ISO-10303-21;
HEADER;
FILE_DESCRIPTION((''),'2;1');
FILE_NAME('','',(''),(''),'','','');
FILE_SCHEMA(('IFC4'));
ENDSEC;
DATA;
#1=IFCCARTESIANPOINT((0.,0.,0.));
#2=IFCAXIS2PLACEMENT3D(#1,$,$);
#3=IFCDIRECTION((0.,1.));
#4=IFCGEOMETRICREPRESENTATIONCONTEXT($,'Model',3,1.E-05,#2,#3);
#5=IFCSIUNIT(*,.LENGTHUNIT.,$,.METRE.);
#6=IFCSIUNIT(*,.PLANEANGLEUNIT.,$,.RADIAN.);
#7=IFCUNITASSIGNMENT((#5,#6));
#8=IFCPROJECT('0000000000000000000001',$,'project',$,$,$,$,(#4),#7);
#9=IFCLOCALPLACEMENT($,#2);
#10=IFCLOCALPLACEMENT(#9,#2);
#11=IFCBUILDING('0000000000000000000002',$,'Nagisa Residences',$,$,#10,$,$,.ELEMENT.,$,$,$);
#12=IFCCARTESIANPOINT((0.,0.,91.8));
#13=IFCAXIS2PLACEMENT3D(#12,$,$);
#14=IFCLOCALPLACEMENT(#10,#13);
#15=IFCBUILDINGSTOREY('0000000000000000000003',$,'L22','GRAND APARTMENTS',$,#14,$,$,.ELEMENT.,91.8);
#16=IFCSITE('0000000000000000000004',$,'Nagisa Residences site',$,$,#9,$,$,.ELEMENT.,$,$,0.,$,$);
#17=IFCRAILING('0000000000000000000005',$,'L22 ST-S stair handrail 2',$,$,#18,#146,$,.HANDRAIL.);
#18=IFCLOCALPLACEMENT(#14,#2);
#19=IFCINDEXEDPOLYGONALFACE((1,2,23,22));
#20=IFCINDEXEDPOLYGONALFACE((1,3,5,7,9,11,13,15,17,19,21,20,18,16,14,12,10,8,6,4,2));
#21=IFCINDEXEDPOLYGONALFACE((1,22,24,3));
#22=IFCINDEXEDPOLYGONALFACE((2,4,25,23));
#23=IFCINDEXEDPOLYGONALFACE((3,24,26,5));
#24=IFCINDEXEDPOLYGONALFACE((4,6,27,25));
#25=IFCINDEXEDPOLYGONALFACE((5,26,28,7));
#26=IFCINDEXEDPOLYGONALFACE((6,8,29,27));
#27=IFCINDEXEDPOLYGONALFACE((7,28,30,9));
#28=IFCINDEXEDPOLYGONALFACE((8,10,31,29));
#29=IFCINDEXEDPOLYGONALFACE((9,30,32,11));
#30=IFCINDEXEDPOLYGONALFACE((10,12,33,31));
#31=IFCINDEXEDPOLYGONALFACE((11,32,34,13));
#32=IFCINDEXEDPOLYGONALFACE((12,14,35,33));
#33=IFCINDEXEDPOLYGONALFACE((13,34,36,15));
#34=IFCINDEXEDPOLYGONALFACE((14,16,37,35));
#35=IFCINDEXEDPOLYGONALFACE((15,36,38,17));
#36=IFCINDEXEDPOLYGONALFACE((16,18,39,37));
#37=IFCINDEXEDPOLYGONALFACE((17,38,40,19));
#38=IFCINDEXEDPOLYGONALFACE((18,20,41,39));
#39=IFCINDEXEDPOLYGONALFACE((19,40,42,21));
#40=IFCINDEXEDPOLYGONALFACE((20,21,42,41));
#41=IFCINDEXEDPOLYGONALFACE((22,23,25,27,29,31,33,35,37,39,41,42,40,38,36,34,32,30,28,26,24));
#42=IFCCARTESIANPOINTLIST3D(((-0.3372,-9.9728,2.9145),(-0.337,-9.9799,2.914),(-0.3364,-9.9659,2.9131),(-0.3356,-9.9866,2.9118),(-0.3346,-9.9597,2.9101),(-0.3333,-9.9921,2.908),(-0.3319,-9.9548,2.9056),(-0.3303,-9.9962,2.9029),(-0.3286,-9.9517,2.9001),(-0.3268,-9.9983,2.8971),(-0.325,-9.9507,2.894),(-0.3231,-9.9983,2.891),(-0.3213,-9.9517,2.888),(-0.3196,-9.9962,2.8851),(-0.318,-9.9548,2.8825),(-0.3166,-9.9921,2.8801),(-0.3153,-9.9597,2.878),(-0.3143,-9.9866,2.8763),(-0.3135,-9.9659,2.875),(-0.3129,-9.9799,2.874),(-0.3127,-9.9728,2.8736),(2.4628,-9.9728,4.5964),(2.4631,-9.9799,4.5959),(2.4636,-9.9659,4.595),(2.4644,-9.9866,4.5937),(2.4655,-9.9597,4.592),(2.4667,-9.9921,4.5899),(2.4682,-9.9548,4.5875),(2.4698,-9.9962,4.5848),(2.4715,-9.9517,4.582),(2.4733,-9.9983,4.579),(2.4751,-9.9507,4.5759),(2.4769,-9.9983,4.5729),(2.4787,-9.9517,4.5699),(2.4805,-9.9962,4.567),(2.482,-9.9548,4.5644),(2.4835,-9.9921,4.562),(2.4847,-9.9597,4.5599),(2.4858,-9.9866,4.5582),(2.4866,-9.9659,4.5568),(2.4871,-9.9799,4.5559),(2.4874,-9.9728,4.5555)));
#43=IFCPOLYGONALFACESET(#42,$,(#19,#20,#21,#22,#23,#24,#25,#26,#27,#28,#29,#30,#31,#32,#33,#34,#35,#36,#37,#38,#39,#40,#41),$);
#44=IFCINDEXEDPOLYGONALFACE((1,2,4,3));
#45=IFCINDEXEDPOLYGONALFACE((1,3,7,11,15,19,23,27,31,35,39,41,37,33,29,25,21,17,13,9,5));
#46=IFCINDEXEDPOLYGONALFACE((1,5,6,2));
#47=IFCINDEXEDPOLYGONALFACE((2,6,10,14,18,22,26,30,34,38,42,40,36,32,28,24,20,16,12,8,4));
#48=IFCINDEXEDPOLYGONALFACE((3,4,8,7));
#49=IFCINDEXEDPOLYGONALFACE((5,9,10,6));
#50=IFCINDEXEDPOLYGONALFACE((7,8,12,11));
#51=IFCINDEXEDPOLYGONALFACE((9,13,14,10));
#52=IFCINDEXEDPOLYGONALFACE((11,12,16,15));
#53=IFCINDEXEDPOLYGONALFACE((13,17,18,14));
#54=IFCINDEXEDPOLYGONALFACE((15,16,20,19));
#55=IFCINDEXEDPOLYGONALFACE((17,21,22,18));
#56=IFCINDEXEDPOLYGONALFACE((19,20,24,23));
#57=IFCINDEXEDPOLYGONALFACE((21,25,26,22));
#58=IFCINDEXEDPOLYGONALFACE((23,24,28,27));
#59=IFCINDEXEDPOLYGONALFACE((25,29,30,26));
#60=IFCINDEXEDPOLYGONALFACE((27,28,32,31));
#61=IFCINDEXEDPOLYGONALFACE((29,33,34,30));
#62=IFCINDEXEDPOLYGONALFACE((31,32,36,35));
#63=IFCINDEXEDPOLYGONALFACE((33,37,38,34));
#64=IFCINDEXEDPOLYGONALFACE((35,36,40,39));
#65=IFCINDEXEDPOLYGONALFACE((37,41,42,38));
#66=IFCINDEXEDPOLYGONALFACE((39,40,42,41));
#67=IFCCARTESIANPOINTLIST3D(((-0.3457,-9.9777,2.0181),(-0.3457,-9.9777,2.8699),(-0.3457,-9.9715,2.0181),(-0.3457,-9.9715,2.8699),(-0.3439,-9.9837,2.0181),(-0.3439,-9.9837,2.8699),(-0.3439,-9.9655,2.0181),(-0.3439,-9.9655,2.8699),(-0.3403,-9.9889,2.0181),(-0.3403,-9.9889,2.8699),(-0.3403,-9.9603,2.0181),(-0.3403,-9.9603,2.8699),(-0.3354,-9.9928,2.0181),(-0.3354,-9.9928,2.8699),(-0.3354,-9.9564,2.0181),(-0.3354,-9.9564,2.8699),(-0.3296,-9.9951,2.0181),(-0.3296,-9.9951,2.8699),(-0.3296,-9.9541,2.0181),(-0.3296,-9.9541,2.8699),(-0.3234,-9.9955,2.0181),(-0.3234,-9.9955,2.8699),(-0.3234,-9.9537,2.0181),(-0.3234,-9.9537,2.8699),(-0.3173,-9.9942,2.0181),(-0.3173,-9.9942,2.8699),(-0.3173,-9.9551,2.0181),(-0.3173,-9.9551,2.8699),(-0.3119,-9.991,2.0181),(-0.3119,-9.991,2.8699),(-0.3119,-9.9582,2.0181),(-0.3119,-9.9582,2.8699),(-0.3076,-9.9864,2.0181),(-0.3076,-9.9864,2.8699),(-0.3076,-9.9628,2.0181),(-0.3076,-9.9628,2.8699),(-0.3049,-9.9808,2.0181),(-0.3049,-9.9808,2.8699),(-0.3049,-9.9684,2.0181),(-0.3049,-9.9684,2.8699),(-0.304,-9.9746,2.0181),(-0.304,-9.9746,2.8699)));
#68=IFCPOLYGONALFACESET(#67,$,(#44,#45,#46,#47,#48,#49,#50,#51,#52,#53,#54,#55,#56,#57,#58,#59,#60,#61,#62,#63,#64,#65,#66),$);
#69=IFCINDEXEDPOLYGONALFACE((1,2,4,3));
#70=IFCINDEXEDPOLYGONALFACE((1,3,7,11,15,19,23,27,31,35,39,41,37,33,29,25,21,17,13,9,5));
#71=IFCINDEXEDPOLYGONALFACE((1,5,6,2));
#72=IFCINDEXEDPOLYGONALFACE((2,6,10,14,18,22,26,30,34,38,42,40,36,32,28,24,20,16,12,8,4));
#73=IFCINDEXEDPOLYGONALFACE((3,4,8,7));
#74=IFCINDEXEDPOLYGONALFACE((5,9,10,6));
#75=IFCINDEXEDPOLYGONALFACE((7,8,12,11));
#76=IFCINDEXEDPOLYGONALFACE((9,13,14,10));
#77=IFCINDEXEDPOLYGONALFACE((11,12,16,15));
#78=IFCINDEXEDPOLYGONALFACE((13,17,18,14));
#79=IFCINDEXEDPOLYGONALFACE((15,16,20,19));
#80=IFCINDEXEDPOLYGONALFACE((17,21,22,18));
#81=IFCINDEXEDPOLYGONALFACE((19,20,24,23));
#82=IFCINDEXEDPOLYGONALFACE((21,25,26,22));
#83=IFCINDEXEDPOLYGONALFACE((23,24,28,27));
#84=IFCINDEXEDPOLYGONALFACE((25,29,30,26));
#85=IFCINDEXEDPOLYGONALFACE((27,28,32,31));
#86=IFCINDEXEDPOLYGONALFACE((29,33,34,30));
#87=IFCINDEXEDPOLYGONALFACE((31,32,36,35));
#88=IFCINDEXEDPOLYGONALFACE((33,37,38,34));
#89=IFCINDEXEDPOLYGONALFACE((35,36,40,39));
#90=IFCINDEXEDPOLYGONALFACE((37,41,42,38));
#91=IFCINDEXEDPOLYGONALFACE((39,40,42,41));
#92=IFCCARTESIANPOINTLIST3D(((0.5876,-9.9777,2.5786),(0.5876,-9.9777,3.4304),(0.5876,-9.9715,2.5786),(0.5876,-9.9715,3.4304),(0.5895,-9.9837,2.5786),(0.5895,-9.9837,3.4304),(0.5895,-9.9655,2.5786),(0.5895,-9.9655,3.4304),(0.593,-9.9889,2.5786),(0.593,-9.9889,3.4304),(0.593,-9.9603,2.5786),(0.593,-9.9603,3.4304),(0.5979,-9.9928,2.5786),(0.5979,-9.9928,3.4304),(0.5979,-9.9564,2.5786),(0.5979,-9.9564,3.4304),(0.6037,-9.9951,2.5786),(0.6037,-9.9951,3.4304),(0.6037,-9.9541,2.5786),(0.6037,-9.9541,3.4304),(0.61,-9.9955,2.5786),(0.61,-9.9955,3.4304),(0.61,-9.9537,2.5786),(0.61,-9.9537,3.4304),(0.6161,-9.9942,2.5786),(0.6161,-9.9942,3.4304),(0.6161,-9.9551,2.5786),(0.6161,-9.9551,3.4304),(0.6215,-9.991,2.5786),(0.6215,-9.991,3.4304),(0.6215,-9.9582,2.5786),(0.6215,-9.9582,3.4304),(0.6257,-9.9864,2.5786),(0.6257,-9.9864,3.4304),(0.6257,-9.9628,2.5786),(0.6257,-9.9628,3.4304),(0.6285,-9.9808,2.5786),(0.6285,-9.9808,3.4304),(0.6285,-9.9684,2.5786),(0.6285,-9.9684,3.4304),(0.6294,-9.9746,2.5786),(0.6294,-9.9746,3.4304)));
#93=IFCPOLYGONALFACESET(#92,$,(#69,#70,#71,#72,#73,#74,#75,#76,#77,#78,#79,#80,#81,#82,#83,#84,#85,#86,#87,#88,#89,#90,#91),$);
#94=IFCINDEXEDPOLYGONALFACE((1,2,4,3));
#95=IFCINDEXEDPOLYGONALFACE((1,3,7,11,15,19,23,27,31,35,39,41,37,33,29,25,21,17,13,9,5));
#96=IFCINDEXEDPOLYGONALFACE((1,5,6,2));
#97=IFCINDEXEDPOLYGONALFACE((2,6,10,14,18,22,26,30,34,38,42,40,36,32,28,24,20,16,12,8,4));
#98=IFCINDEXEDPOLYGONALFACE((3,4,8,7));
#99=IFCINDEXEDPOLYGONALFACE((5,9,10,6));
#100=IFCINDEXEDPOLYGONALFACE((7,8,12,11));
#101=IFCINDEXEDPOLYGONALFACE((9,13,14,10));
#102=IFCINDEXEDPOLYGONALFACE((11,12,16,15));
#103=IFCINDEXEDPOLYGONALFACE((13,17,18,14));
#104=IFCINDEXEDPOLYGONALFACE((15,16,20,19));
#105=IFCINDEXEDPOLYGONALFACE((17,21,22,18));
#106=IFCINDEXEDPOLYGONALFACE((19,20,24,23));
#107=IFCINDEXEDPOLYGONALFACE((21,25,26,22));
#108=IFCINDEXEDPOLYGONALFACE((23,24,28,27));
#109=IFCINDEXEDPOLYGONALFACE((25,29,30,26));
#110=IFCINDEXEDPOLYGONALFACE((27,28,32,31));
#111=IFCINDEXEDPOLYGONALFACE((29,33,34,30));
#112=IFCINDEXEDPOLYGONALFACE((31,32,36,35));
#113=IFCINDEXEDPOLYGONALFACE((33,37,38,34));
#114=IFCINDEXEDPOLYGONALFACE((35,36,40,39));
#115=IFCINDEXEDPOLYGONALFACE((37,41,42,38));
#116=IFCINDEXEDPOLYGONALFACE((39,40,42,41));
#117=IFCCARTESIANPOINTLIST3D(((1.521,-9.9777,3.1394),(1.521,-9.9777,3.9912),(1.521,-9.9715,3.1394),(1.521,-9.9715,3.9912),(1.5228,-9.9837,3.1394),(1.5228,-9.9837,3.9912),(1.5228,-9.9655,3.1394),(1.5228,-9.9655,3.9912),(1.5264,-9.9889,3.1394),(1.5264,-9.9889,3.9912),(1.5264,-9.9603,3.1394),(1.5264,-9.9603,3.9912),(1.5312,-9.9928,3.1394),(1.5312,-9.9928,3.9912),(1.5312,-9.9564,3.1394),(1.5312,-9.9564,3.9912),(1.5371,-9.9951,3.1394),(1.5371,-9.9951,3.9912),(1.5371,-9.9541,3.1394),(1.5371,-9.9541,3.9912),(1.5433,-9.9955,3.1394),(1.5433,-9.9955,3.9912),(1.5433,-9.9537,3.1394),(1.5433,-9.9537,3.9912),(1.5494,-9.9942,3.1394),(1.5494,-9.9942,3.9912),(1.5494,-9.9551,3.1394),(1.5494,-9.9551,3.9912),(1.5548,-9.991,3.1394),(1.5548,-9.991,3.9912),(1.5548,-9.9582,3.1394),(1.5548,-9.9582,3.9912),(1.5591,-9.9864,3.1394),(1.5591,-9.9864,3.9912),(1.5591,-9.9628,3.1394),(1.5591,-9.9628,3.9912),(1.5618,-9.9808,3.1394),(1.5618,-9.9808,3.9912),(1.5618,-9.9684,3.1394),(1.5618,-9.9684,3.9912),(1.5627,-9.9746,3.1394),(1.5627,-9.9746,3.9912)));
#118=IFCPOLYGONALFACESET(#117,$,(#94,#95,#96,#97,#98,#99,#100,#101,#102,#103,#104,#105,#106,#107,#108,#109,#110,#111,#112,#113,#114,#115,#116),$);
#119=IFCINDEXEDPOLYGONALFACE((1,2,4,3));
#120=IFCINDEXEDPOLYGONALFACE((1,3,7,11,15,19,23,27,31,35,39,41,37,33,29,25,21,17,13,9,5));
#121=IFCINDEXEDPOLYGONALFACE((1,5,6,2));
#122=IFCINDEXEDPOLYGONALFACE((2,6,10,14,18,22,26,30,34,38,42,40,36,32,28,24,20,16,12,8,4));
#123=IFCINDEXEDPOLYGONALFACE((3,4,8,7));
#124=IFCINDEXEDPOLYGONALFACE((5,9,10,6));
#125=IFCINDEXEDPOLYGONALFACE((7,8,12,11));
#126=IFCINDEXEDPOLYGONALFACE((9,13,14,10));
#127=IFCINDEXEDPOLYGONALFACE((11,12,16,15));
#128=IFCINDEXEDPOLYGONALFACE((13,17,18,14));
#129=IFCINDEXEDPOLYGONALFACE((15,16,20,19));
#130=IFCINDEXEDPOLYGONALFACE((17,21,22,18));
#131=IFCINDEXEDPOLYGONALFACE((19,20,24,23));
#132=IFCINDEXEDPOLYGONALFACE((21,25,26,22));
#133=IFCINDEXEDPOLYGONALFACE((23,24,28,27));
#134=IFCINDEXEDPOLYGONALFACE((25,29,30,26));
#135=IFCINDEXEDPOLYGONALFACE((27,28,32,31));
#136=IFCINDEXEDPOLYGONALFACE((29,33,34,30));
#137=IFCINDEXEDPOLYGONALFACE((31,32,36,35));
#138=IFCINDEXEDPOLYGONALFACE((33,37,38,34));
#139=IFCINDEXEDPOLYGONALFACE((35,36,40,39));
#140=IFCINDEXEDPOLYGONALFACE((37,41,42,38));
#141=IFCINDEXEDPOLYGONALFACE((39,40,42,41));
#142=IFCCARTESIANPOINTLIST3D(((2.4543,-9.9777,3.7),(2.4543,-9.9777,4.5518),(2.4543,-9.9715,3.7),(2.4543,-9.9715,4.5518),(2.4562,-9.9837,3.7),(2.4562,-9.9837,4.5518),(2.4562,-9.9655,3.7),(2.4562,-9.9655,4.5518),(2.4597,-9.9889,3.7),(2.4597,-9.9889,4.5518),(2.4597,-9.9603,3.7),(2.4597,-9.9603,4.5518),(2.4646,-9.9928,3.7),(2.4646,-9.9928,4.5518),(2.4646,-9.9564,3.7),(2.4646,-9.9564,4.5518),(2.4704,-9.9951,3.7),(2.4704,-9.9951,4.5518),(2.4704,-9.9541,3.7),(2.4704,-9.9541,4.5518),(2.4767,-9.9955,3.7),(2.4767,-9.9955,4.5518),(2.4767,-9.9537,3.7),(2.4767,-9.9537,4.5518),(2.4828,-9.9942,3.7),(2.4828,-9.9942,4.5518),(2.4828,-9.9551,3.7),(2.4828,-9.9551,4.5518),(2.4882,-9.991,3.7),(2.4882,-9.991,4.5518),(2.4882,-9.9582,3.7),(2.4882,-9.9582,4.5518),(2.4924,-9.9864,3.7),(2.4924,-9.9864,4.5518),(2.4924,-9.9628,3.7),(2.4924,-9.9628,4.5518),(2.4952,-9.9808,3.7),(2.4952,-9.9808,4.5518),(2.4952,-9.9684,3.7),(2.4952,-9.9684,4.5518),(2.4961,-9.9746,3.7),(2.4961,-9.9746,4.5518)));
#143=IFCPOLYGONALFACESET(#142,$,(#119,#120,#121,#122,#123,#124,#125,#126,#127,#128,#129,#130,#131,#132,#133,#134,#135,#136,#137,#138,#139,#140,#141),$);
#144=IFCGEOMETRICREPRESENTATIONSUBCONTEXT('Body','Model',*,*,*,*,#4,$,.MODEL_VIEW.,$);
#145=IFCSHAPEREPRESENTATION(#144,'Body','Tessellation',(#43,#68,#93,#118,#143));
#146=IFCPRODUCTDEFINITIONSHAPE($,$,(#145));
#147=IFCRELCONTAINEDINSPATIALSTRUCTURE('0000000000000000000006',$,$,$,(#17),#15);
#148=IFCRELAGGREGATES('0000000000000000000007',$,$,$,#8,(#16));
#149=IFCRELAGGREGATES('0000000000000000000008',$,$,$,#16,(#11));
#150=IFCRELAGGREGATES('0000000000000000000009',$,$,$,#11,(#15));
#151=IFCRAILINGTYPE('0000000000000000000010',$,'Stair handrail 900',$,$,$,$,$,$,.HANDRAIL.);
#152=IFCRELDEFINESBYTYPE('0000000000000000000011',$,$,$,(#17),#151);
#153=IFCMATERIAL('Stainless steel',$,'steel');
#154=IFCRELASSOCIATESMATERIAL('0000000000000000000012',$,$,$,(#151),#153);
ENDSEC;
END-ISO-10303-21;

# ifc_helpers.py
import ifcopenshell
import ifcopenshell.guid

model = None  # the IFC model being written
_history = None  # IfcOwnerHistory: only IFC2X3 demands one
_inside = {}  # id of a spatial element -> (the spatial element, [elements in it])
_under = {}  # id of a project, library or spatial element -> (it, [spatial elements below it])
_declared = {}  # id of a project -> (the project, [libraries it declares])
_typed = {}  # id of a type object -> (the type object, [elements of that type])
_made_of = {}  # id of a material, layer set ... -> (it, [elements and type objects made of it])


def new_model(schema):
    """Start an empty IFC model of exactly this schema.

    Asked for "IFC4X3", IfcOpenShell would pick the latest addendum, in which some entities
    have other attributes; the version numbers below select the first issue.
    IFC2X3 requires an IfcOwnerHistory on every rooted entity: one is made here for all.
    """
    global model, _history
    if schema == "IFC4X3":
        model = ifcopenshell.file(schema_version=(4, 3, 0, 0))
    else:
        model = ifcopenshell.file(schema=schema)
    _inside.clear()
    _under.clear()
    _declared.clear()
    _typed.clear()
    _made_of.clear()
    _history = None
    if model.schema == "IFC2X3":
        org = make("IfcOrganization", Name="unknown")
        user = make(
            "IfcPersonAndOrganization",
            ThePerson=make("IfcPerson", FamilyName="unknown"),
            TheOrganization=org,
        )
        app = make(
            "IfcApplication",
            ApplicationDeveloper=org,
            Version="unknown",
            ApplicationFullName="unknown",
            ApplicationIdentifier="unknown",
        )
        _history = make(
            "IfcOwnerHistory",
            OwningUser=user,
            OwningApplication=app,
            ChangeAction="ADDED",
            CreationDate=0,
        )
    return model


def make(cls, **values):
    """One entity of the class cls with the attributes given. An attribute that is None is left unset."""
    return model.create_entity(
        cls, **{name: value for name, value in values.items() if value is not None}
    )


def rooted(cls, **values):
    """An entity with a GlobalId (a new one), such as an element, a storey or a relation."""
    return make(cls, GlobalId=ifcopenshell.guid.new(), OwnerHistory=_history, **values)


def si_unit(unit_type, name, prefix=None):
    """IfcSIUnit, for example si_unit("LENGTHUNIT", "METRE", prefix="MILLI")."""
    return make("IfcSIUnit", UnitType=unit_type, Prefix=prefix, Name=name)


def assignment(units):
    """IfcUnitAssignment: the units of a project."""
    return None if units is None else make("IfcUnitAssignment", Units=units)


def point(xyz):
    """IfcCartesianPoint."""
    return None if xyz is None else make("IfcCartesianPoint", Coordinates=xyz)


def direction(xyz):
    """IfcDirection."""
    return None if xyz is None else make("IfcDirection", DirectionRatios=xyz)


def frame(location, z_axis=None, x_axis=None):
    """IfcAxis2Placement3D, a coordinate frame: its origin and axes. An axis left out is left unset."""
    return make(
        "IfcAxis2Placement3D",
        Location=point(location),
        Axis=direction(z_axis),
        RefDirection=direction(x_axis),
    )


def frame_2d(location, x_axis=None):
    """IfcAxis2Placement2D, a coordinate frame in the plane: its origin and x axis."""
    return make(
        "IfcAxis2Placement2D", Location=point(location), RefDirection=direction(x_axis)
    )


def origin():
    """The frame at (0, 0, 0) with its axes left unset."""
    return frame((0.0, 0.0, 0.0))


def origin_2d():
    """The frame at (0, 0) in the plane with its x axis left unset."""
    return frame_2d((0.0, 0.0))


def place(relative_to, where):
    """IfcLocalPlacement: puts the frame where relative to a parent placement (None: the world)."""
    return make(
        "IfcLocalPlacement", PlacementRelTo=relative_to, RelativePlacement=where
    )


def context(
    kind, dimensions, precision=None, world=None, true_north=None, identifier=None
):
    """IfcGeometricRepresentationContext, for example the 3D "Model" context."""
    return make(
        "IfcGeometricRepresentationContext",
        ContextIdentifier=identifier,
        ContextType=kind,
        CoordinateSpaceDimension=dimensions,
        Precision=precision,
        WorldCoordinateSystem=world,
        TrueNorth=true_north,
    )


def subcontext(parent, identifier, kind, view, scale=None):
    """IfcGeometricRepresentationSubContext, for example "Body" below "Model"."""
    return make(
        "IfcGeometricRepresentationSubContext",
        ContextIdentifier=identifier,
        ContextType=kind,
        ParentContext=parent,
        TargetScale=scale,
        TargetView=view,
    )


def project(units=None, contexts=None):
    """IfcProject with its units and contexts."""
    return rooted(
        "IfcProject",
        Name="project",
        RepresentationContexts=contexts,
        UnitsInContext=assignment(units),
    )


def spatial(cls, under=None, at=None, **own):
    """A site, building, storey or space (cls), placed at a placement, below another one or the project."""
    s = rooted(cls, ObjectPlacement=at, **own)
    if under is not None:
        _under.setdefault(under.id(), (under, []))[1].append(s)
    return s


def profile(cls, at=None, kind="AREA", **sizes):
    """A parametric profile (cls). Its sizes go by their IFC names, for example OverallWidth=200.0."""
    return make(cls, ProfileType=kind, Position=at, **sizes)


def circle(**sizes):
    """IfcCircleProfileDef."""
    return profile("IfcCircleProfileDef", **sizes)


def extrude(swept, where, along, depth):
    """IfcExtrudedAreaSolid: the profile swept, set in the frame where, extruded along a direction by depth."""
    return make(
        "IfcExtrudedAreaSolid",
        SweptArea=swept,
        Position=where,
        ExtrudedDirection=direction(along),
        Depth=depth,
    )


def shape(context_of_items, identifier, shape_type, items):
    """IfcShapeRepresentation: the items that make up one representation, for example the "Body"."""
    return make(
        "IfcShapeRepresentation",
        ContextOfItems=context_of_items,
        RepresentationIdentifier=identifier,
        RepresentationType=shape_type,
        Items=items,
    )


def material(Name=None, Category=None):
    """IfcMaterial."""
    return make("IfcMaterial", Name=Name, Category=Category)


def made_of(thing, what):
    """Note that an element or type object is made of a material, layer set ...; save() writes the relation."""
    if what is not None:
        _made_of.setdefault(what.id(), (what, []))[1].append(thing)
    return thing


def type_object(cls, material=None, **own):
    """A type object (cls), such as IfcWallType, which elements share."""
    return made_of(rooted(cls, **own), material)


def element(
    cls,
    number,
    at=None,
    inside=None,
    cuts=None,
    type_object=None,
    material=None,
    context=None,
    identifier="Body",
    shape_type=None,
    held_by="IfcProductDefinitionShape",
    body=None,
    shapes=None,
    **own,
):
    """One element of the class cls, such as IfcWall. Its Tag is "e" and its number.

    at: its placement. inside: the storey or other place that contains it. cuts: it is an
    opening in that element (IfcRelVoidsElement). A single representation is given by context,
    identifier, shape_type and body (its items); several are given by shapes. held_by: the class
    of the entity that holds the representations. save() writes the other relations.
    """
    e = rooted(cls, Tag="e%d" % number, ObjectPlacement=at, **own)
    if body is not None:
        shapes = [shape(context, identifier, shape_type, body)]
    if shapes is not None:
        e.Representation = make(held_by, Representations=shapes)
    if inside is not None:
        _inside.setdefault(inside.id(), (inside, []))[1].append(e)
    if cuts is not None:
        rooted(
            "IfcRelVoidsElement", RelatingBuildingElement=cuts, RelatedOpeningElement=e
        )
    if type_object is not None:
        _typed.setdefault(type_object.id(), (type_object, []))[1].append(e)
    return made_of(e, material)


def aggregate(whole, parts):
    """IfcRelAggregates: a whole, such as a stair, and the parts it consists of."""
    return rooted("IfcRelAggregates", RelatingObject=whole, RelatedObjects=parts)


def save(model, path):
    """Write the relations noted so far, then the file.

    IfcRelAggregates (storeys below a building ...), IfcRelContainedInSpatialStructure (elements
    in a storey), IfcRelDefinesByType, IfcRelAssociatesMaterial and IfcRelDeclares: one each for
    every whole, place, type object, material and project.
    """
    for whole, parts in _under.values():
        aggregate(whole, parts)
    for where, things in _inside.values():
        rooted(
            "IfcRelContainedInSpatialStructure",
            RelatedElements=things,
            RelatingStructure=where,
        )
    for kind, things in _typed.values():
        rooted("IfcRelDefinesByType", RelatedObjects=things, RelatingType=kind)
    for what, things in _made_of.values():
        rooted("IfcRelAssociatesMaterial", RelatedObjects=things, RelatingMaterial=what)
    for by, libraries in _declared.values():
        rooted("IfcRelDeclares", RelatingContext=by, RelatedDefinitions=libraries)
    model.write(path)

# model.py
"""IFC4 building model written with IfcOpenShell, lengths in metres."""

from ifc_helpers import new_model, si_unit, direction, frame, origin, origin_2d, place, context, subcontext, project, spatial, circle, extrude, material, type_object, element, save


model = new_model("IFC4")

# Units and contexts
model_context = context("Model", 3, precision=1e-05, world=origin(), true_north=direction((0.0, 1.0)))
body_context = subcontext(model_context, "Body", "Model", "MODEL_VIEW")
ifc_project = project(units=[si_unit("LENGTHUNIT", "METRE"), si_unit("PLANEANGLEUNIT", "RADIAN")], contexts=[model_context])

# Site, building, storey
site_placement = place(None, origin())
site = spatial("IfcSite", under=ifc_project, at=site_placement, Name="Nagisa Residences site", CompositionType="ELEMENT", RefElevation=0.0)
building_placement = place(site_placement, origin())
building = spatial("IfcBuilding", under=site, at=building_placement, Name="Nagisa Residences", CompositionType="ELEMENT")
storey_placement = place(building_placement, frame((0.0, 0.0, 91.8)))
storey = spatial("IfcBuildingStorey", under=building, at=storey_placement, Name="L22", Description="GRAND APARTMENTS", CompositionType="ELEMENT", Elevation=91.8)

# Railing
ifc_material_1 = material(Name="Stainless steel", Category="steel")
railing_type = type_object("IfcRailingType", Name="Stair handrail 900", PredefinedType="HANDRAIL", material=ifc_material_1)
railing_placement = place(storey_placement, frame((-0.325, -9.9746, 2.0181)))
element("IfcRailing", 1, at=railing_placement, inside=storey, type_object=railing_type, Name="L22 ST-S stair handrail 2", PredefinedType="HANDRAIL", context=body_context, shape_type="SweptSolid", body=[
    extrude(circle(Radius=0.0239, at=origin_2d()), frame((0.0, 0.0, 0.876), z_axis=(0.857242, 0.0, 0.514913), x_axis=(0.0, 1.0, 0.0)), (0.0, 0.0, 1.0), 3.2664),
    extrude(circle(Radius=0.021, at=origin_2d()), origin(), (0.0, 0.0, 1.0), 0.8518),
    extrude(circle(Radius=0.021, at=origin_2d()), frame((0.9333, 0.0, 0.5605)), (0.0, 0.0, 1.0), 0.8518),
    extrude(circle(Radius=0.021, at=origin_2d()), frame((1.8667, 0.0, 1.1213)), (0.0, 0.0, 1.0), 0.8518),
    extrude(circle(Radius=0.021, at=origin_2d()), frame((2.8, 0.0, 1.6819)), (0.0, 0.0, 1.0), 0.8518),
])

save(model, "model.ifc")
